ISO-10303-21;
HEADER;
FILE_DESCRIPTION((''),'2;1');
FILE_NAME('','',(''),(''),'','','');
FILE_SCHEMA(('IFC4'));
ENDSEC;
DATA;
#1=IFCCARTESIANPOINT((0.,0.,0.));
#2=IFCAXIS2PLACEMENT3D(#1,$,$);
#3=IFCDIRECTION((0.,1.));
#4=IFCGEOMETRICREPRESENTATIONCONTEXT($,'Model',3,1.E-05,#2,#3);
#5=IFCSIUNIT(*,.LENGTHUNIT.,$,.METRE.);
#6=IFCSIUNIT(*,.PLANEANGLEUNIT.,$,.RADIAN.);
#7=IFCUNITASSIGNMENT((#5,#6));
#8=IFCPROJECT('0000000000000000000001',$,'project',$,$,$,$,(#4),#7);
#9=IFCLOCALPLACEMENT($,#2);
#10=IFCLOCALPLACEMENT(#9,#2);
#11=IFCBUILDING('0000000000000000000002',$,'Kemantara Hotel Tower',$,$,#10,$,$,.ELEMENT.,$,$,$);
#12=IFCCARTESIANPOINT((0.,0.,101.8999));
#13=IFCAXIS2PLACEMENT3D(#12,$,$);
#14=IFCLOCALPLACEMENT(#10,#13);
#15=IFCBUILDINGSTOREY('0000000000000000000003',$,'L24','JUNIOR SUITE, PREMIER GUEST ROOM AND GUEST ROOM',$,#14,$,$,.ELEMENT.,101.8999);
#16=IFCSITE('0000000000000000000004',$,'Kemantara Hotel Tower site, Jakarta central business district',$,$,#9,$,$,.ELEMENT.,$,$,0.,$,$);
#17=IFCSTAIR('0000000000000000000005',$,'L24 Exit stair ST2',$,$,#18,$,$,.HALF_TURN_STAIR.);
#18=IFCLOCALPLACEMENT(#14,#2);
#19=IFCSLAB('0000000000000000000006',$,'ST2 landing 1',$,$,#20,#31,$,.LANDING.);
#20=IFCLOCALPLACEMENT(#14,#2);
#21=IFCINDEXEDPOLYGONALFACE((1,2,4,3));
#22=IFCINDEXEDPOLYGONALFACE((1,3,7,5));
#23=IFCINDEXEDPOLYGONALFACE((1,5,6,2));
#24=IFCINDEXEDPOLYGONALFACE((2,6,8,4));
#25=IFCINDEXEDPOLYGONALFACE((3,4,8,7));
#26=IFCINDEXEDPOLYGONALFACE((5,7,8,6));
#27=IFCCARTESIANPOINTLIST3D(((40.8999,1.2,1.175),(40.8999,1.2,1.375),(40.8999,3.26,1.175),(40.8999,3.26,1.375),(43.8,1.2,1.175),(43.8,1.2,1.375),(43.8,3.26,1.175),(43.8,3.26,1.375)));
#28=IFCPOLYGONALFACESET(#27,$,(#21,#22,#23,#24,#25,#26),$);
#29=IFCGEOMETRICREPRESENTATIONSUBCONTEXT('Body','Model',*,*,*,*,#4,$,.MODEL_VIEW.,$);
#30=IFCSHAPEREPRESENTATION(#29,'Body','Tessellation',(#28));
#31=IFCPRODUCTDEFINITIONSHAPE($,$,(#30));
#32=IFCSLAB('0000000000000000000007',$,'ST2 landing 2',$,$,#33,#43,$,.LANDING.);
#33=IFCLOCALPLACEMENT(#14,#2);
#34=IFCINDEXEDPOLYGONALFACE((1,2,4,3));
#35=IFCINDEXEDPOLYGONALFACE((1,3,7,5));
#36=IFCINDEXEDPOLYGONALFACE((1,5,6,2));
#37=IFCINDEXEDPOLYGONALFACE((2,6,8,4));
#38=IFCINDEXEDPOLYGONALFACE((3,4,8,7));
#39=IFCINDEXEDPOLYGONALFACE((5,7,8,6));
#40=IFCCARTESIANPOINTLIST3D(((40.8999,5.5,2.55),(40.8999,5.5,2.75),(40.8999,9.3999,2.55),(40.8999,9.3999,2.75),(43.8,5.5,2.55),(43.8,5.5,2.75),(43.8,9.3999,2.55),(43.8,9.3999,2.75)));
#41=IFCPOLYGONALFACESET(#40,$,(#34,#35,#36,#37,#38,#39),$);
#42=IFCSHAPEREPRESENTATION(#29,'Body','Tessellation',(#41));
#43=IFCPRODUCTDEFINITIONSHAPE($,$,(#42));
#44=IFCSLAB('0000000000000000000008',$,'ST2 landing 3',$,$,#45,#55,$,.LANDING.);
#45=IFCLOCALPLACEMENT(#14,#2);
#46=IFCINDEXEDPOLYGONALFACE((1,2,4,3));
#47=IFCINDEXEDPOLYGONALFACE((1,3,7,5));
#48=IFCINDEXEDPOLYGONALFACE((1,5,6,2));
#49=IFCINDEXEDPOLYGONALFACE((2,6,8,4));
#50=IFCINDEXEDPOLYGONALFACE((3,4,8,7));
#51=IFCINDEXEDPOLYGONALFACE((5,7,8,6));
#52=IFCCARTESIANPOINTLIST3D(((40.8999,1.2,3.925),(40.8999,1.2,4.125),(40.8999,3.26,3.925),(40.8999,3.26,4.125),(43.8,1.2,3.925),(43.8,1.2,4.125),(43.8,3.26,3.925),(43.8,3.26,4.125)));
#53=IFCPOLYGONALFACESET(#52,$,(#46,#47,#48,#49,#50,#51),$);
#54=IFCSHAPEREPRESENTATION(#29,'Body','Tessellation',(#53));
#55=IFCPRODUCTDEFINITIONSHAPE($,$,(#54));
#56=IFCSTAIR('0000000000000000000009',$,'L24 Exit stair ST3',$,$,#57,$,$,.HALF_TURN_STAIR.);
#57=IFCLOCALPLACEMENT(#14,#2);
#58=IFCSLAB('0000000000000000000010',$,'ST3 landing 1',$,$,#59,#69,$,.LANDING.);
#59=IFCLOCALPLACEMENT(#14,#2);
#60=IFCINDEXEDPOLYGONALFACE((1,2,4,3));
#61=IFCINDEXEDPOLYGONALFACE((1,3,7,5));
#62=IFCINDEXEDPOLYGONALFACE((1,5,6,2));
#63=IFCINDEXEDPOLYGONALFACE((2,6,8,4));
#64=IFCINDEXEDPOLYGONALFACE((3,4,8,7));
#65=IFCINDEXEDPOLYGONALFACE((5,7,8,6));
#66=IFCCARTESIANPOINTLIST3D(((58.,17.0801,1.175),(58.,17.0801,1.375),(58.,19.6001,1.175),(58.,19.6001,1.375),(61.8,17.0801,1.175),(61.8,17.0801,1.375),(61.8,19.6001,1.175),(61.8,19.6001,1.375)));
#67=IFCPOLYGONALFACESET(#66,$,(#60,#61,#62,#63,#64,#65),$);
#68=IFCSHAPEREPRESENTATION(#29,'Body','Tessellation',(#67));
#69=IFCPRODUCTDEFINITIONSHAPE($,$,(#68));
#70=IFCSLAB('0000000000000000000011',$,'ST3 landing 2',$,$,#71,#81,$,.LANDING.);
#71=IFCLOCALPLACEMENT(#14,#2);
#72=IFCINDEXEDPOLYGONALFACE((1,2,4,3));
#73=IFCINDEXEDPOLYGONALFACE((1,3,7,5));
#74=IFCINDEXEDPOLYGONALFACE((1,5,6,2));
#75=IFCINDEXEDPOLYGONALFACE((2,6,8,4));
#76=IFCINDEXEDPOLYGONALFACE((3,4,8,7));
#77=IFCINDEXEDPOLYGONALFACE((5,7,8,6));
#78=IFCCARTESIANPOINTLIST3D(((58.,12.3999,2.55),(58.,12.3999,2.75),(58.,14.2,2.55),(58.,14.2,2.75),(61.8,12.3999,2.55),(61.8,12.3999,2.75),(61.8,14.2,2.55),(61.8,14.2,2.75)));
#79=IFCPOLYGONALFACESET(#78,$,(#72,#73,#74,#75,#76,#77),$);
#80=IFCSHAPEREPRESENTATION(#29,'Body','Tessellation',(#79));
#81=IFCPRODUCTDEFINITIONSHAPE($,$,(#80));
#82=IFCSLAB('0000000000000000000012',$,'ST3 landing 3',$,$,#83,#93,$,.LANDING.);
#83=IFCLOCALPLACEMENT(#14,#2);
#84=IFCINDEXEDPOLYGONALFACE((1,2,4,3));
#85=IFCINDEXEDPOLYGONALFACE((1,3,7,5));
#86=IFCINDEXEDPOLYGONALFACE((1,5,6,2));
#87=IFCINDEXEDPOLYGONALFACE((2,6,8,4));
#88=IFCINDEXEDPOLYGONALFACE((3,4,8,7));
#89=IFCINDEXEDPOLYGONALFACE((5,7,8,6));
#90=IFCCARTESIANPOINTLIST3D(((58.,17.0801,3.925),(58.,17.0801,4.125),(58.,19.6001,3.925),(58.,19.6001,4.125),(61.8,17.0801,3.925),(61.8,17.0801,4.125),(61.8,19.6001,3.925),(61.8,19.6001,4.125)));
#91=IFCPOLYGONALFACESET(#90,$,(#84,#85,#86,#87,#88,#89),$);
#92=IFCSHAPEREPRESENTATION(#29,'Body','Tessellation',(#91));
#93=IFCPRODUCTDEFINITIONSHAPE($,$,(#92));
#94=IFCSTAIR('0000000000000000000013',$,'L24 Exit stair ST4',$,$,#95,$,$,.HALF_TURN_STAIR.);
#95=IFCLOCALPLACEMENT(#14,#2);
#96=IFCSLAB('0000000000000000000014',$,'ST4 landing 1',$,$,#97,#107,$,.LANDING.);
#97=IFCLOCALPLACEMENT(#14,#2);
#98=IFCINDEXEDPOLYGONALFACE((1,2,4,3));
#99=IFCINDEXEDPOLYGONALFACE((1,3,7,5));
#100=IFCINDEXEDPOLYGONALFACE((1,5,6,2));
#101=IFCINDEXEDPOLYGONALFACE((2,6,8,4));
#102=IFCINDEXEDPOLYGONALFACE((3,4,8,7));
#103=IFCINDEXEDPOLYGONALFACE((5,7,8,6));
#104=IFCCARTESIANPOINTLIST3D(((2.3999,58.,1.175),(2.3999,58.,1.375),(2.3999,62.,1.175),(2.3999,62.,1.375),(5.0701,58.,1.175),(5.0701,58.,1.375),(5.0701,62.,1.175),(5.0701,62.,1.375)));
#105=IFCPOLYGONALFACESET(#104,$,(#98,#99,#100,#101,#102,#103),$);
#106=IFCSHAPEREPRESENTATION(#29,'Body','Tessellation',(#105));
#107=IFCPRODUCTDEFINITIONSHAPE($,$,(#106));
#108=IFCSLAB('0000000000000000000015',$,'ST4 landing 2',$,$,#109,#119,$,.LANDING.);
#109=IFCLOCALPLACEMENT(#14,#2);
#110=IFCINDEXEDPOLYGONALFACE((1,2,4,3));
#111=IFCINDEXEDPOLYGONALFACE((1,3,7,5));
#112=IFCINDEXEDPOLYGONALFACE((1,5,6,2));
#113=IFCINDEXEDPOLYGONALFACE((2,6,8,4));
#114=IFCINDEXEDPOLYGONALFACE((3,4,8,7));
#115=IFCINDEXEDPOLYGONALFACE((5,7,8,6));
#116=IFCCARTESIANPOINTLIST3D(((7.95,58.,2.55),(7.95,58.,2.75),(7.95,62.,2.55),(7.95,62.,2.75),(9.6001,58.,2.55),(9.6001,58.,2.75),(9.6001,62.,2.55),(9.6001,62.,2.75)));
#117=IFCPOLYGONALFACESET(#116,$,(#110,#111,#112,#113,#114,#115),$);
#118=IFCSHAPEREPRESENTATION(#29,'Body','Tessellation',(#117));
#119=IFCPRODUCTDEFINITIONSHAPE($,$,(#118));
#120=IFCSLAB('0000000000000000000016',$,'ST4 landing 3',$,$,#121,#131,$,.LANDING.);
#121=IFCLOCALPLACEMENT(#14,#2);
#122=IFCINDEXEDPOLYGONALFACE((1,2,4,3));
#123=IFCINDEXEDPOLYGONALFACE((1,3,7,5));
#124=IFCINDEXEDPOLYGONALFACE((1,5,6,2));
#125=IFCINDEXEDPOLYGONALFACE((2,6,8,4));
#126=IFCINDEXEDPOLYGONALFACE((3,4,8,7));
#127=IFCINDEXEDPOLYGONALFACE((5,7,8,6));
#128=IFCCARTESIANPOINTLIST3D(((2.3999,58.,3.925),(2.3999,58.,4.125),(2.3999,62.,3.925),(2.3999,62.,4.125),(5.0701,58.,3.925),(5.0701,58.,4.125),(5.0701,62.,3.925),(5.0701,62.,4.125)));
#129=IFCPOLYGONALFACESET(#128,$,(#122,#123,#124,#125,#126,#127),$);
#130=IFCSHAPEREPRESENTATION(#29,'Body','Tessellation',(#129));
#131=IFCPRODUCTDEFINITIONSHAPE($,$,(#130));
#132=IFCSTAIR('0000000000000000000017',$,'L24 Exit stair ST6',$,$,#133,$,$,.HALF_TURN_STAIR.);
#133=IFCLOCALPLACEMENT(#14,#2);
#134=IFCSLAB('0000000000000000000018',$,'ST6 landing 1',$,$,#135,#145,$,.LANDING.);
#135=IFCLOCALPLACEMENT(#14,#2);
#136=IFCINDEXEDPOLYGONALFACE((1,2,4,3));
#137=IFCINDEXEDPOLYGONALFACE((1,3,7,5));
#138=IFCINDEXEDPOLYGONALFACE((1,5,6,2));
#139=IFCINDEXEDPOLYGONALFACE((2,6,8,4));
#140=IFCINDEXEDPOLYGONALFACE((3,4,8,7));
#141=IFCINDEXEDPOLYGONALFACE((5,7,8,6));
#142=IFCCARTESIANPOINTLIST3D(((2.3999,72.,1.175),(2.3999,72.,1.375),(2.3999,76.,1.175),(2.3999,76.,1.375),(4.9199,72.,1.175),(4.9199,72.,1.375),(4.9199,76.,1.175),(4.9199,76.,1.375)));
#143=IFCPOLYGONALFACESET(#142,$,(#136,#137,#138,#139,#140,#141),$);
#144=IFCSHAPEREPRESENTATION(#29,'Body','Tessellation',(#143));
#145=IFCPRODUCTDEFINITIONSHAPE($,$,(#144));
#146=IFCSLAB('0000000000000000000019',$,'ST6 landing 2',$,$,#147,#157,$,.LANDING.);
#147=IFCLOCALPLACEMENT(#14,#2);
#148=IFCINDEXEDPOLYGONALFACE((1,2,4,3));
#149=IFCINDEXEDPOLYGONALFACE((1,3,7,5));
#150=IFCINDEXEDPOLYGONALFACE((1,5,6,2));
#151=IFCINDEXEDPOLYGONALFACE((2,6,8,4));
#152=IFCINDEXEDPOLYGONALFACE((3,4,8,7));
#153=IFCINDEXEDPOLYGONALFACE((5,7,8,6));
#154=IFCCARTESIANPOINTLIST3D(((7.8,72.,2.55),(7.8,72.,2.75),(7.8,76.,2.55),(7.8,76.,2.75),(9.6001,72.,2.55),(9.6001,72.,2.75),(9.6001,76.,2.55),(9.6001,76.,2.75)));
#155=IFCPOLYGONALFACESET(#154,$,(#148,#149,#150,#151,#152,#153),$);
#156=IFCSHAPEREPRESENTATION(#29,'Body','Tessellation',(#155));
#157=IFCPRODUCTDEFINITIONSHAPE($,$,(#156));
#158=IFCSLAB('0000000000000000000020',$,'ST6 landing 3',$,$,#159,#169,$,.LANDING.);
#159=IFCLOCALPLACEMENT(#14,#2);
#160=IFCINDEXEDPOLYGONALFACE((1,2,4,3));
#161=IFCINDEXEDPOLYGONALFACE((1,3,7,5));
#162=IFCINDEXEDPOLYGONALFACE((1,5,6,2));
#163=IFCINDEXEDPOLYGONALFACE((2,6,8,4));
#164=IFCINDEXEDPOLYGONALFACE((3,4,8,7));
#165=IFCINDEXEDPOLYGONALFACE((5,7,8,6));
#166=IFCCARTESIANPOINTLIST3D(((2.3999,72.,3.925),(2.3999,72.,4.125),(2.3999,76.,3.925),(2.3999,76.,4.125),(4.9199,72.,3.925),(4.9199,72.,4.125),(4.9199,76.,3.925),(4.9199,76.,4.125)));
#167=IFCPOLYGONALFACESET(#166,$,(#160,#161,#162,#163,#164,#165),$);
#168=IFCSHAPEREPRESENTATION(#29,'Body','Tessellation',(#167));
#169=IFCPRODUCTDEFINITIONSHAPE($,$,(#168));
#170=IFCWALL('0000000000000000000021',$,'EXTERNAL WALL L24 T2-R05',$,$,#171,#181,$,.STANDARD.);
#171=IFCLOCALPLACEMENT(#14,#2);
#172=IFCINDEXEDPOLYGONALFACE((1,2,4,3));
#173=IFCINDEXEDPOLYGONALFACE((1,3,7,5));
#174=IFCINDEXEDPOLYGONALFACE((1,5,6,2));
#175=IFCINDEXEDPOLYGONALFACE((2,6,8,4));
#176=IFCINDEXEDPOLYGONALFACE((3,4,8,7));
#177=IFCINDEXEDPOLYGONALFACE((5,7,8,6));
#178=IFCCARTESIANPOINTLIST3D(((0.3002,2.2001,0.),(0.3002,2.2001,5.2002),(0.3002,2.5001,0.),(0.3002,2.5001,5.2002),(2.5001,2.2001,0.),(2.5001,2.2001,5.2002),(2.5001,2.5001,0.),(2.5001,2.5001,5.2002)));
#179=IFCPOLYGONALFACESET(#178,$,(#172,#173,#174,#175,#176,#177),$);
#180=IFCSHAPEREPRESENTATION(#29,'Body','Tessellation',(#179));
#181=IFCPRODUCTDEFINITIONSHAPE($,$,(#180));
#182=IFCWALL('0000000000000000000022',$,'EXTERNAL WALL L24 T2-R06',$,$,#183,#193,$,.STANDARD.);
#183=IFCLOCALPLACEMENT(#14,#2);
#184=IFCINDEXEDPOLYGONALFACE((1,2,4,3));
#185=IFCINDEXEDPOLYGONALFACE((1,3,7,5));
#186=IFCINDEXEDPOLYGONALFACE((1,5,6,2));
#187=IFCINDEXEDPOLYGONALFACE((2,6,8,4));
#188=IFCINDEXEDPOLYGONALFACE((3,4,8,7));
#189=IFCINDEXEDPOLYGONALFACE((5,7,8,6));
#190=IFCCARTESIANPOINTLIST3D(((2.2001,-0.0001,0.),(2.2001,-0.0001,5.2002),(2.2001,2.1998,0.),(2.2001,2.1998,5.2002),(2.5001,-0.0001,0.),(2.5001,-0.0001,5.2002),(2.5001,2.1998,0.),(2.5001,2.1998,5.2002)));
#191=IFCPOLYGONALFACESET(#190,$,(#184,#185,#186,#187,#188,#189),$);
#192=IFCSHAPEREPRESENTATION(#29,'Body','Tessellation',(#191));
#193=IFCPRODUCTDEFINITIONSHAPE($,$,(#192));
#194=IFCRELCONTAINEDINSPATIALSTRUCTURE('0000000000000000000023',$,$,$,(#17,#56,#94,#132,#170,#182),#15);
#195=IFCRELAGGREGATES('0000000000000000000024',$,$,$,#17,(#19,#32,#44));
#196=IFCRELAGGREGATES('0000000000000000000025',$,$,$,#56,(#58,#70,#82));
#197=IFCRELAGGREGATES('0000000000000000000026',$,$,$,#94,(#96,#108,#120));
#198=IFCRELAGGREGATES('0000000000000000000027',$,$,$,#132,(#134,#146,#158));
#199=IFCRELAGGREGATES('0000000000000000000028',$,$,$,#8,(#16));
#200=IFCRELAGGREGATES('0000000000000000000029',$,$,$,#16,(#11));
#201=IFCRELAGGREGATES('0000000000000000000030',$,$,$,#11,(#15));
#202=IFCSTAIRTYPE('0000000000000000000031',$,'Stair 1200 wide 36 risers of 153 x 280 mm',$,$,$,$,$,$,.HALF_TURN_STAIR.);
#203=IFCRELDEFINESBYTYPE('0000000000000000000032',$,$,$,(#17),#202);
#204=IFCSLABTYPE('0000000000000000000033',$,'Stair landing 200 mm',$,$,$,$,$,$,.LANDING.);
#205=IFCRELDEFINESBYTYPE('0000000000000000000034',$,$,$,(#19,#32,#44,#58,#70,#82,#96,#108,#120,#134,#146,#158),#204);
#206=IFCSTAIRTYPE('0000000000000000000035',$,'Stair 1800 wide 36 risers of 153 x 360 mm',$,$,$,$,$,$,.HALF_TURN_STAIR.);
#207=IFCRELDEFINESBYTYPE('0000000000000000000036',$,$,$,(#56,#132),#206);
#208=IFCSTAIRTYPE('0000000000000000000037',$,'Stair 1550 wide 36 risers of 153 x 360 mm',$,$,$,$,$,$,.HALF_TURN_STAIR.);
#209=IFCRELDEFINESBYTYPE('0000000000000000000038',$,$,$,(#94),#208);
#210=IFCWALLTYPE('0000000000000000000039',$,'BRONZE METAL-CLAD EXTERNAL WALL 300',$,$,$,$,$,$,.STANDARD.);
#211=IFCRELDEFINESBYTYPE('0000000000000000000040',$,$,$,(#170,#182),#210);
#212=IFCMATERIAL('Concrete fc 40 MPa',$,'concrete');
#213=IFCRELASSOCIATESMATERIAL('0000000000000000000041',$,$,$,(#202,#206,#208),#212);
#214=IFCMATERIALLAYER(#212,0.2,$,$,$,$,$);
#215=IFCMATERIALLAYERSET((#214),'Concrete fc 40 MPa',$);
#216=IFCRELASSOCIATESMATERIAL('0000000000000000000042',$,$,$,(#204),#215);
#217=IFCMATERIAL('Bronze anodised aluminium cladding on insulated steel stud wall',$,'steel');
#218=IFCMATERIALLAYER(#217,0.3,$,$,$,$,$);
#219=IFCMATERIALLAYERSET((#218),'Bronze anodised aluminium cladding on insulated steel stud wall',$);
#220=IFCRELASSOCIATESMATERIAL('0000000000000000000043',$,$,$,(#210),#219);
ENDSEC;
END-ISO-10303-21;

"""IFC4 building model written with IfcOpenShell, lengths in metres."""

from ifc_helpers import new_model, si_unit, direction, frame, frame_2d, origin, place, context, subcontext, project, spatial, polyline, rectangle, outline, extrude, material, layer, layer_set, type_object, element, aggregate, save


model = new_model("IFC4")

# Units and contexts
model_context = context("Model", 3, precision=1e-05, world=origin(), true_north=direction((0.0, 1.0)))
body_context = subcontext(model_context, "Body", "Model", "MODEL_VIEW")
ifc_project = project(units=[si_unit("LENGTHUNIT", "METRE"), si_unit("PLANEANGLEUNIT", "RADIAN")], contexts=[model_context])

# Site, building, storey
site_placement = place(None, origin())
site = spatial("IfcSite", under=ifc_project, at=site_placement, Name="Kemantara Hotel Tower site, Jakarta central business district", CompositionType="ELEMENT", RefElevation=0.0)
building_placement = place(site_placement, origin())
building = spatial("IfcBuilding", under=site, at=building_placement, Name="Kemantara Hotel Tower", CompositionType="ELEMENT")
storey_placement = place(building_placement, frame((0.0, 0.0, 101.8999)))
storey = spatial("IfcBuildingStorey", under=building, at=storey_placement, Name="L24", Description="JUNIOR SUITE, PREMIER GUEST ROOM AND GUEST ROOM", CompositionType="ELEMENT", Elevation=101.8999)

# Shared definitions
ifc_material_1 = material(Name="Concrete fc 40 MPa", Category="concrete")

# Stairs, slabs
stair_type_1 = type_object("IfcStairType", Name="Stair 1200 wide 36 risers of 153 x 280 mm", PredefinedType="HALF_TURN_STAIR", material=ifc_material_1)
ifc_layer_1 = layer(ifc_material_1, 0.2)
ifc_layer_set_1 = layer_set([ifc_layer_1], Name="Concrete fc 40 MPa")
slab_type_1 = type_object("IfcSlabType", Name="Stair landing 200 mm", PredefinedType="LANDING", material=ifc_layer_set_1)
stair_1_placement = place(storey_placement, origin())
stair_1 = element("IfcStair", 1, at=stair_1_placement, inside=storey, type_object=stair_type_1, Name="L24 Exit stair ST2", PredefinedType="HALF_TURN_STAIR")
slab_1_placement = place(storey_placement, frame((0.0, 0.0, 1.175)))
slab_1 = element("IfcSlab", 2, at=slab_1_placement, type_object=slab_type_1, Name="ST2 landing 1", PredefinedType="LANDING", context=body_context, shape_type="SweptSolid", body=[
    extrude(outline(polyline([(40.8999, 3.26), (40.8999, 1.2), (43.8, 1.2), (43.8, 3.26), (40.8999, 3.26)])), origin(), (0.0, 0.0, 1.0), 0.2),
])
slab_2_placement = place(storey_placement, frame((0.0, 0.0, 2.55)))
slab_2 = element("IfcSlab", 3, at=slab_2_placement, type_object=slab_type_1, Name="ST2 landing 2", PredefinedType="LANDING", context=body_context, shape_type="SweptSolid", body=[
    extrude(outline(polyline([(40.8999, 9.3999), (40.8999, 5.5), (43.8, 5.5), (43.8, 9.3999), (40.8999, 9.3999)])), origin(), (0.0, 0.0, 1.0), 0.2),
])
slab_3_placement = place(storey_placement, frame((0.0, 0.0, 3.925)))
slab_3 = element("IfcSlab", 4, at=slab_3_placement, type_object=slab_type_1, Name="ST2 landing 3", PredefinedType="LANDING", context=body_context, shape_type="SweptSolid", body=[
    extrude(outline(polyline([(40.8999, 3.26), (40.8999, 1.2), (43.8, 1.2), (43.8, 3.26), (40.8999, 3.26)])), origin(), (0.0, 0.0, 1.0), 0.2),
])
aggregate(stair_1, [slab_1, slab_2, slab_3])
stair_type_2 = type_object("IfcStairType", Name="Stair 1800 wide 36 risers of 153 x 360 mm", PredefinedType="HALF_TURN_STAIR", material=ifc_material_1)
stair_2_placement = place(storey_placement, origin())
stair_2 = element("IfcStair", 5, at=stair_2_placement, inside=storey, type_object=stair_type_2, Name="L24 Exit stair ST3", PredefinedType="HALF_TURN_STAIR")
slab_4_placement = place(storey_placement, frame((0.0, 0.0, 1.175)))
slab_4 = element("IfcSlab", 6, at=slab_4_placement, type_object=slab_type_1, Name="ST3 landing 1", PredefinedType="LANDING", context=body_context, shape_type="SweptSolid", body=[
    extrude(outline(polyline([(61.8, 17.0801), (61.8, 19.6001), (58.0, 19.6001), (58.0, 17.0801), (61.8, 17.0801)])), origin(), (0.0, 0.0, 1.0), 0.2),
])
slab_5_placement = place(storey_placement, frame((0.0, 0.0, 2.55)))
slab_5 = element("IfcSlab", 7, at=slab_5_placement, type_object=slab_type_1, Name="ST3 landing 2", PredefinedType="LANDING", context=body_context, shape_type="SweptSolid", body=[
    extrude(outline(polyline([(61.8, 12.3999), (61.8, 14.2), (58.0, 14.2), (58.0, 12.3999), (61.8, 12.3999)])), origin(), (0.0, 0.0, 1.0), 0.2),
])
slab_6_placement = place(storey_placement, frame((0.0, 0.0, 3.925)))
slab_6 = element("IfcSlab", 8, at=slab_6_placement, type_object=slab_type_1, Name="ST3 landing 3", PredefinedType="LANDING", context=body_context, shape_type="SweptSolid", body=[
    extrude(outline(polyline([(61.8, 17.0801), (61.8, 19.6001), (58.0, 19.6001), (58.0, 17.0801), (61.8, 17.0801)])), origin(), (0.0, 0.0, 1.0), 0.2),
])
aggregate(stair_2, [slab_4, slab_5, slab_6])
stair_type_3 = type_object("IfcStairType", Name="Stair 1550 wide 36 risers of 153 x 360 mm", PredefinedType="HALF_TURN_STAIR", material=ifc_material_1)
stair_3_placement = place(storey_placement, origin())
stair_3 = element("IfcStair", 9, at=stair_3_placement, inside=storey, type_object=stair_type_3, Name="L24 Exit stair ST4", PredefinedType="HALF_TURN_STAIR")
slab_7_placement = place(storey_placement, frame((0.0, 0.0, 1.175)))
slab_7 = element("IfcSlab", 10, at=slab_7_placement, type_object=slab_type_1, Name="ST4 landing 1", PredefinedType="LANDING", context=body_context, shape_type="SweptSolid", body=[
    extrude(outline(polyline([(5.0701, 62.0), (2.3999, 62.0), (2.3999, 58.0), (5.0701, 58.0), (5.0701, 62.0)])), origin(), (0.0, 0.0, 1.0), 0.2),
])
slab_8_placement = place(storey_placement, frame((0.0, 0.0, 2.55)))
slab_8 = element("IfcSlab", 11, at=slab_8_placement, type_object=slab_type_1, Name="ST4 landing 2", PredefinedType="LANDING", context=body_context, shape_type="SweptSolid", body=[
    extrude(outline(polyline([(9.6001, 62.0), (7.95, 62.0), (7.95, 58.0), (9.6001, 58.0), (9.6001, 62.0)])), origin(), (0.0, 0.0, 1.0), 0.2),
])
slab_9_placement = place(storey_placement, frame((0.0, 0.0, 3.925)))
slab_9 = element("IfcSlab", 12, at=slab_9_placement, type_object=slab_type_1, Name="ST4 landing 3", PredefinedType="LANDING", context=body_context, shape_type="SweptSolid", body=[
    extrude(outline(polyline([(5.0701, 62.0), (2.3999, 62.0), (2.3999, 58.0), (5.0701, 58.0), (5.0701, 62.0)])), origin(), (0.0, 0.0, 1.0), 0.2),
])
aggregate(stair_3, [slab_7, slab_8, slab_9])
stair_4_placement = place(storey_placement, origin())
stair_4 = element("IfcStair", 13, at=stair_4_placement, inside=storey, type_object=stair_type_2, Name="L24 Exit stair ST6", PredefinedType="HALF_TURN_STAIR")
slab_10_placement = place(storey_placement, frame((0.0, 0.0, 1.175)))
slab_10 = element("IfcSlab", 14, at=slab_10_placement, type_object=slab_type_1, Name="ST6 landing 1", PredefinedType="LANDING", context=body_context, shape_type="SweptSolid", body=[
    extrude(outline(polyline([(4.9199, 76.0), (2.3999, 76.0), (2.3999, 72.0), (4.9199, 72.0), (4.9199, 76.0)])), origin(), (0.0, 0.0, 1.0), 0.2),
])
slab_11_placement = place(storey_placement, frame((0.0, 0.0, 2.55)))
slab_11 = element("IfcSlab", 15, at=slab_11_placement, type_object=slab_type_1, Name="ST6 landing 2", PredefinedType="LANDING", context=body_context, shape_type="SweptSolid", body=[
    extrude(outline(polyline([(9.6001, 76.0), (7.8, 76.0), (7.8, 72.0), (9.6001, 72.0), (9.6001, 76.0)])), origin(), (0.0, 0.0, 1.0), 0.2),
])
slab_12_placement = place(storey_placement, frame((0.0, 0.0, 3.925)))
slab_12 = element("IfcSlab", 16, at=slab_12_placement, type_object=slab_type_1, Name="ST6 landing 3", PredefinedType="LANDING", context=body_context, shape_type="SweptSolid", body=[
    extrude(outline(polyline([(4.9199, 76.0), (2.3999, 76.0), (2.3999, 72.0), (4.9199, 72.0), (4.9199, 76.0)])), origin(), (0.0, 0.0, 1.0), 0.2),
])
aggregate(stair_4, [slab_10, slab_11, slab_12])

# Walls
ifc_material_2 = material(Name="Bronze anodised aluminium cladding on insulated steel stud wall", Category="steel")
ifc_layer_2 = layer(ifc_material_2, 0.3)
ifc_layer_set_2 = layer_set([ifc_layer_2], Name="Bronze anodised aluminium cladding on insulated steel stud wall")
wall_type_1 = type_object("IfcWallType", Name="BRONZE METAL-CLAD EXTERNAL WALL 300", PredefinedType="STANDARD", material=ifc_layer_set_2)
for number, where, z_axis, x_axis, name in (
    (17, (0.3, 2.3501, 0.0), (0.0, 0.0, 1.0), (1.0, 0.0, 0.0), "EXTERNAL WALL L24 T2-R05"),
    (18, (2.3501, 2.2, 0.0), (0.0, 0.0, 1.0), (0.0, -1.0, 0.0), "EXTERNAL WALL L24 T2-R06"),
):
    element("IfcWall", number, at=place(storey_placement, frame(where, z_axis=z_axis, x_axis=x_axis)), inside=storey, type_object=wall_type_1, Name=name, PredefinedType="STANDARD", context=body_context, shape_type="SweptSolid", body=[
        extrude(rectangle(XDim=2.2, YDim=0.3, at=frame_2d((1.1001, 0.0))), origin(), (0.0, 0.0, 1.0), 5.2002),
    ])

save(model, "model.ifc")
